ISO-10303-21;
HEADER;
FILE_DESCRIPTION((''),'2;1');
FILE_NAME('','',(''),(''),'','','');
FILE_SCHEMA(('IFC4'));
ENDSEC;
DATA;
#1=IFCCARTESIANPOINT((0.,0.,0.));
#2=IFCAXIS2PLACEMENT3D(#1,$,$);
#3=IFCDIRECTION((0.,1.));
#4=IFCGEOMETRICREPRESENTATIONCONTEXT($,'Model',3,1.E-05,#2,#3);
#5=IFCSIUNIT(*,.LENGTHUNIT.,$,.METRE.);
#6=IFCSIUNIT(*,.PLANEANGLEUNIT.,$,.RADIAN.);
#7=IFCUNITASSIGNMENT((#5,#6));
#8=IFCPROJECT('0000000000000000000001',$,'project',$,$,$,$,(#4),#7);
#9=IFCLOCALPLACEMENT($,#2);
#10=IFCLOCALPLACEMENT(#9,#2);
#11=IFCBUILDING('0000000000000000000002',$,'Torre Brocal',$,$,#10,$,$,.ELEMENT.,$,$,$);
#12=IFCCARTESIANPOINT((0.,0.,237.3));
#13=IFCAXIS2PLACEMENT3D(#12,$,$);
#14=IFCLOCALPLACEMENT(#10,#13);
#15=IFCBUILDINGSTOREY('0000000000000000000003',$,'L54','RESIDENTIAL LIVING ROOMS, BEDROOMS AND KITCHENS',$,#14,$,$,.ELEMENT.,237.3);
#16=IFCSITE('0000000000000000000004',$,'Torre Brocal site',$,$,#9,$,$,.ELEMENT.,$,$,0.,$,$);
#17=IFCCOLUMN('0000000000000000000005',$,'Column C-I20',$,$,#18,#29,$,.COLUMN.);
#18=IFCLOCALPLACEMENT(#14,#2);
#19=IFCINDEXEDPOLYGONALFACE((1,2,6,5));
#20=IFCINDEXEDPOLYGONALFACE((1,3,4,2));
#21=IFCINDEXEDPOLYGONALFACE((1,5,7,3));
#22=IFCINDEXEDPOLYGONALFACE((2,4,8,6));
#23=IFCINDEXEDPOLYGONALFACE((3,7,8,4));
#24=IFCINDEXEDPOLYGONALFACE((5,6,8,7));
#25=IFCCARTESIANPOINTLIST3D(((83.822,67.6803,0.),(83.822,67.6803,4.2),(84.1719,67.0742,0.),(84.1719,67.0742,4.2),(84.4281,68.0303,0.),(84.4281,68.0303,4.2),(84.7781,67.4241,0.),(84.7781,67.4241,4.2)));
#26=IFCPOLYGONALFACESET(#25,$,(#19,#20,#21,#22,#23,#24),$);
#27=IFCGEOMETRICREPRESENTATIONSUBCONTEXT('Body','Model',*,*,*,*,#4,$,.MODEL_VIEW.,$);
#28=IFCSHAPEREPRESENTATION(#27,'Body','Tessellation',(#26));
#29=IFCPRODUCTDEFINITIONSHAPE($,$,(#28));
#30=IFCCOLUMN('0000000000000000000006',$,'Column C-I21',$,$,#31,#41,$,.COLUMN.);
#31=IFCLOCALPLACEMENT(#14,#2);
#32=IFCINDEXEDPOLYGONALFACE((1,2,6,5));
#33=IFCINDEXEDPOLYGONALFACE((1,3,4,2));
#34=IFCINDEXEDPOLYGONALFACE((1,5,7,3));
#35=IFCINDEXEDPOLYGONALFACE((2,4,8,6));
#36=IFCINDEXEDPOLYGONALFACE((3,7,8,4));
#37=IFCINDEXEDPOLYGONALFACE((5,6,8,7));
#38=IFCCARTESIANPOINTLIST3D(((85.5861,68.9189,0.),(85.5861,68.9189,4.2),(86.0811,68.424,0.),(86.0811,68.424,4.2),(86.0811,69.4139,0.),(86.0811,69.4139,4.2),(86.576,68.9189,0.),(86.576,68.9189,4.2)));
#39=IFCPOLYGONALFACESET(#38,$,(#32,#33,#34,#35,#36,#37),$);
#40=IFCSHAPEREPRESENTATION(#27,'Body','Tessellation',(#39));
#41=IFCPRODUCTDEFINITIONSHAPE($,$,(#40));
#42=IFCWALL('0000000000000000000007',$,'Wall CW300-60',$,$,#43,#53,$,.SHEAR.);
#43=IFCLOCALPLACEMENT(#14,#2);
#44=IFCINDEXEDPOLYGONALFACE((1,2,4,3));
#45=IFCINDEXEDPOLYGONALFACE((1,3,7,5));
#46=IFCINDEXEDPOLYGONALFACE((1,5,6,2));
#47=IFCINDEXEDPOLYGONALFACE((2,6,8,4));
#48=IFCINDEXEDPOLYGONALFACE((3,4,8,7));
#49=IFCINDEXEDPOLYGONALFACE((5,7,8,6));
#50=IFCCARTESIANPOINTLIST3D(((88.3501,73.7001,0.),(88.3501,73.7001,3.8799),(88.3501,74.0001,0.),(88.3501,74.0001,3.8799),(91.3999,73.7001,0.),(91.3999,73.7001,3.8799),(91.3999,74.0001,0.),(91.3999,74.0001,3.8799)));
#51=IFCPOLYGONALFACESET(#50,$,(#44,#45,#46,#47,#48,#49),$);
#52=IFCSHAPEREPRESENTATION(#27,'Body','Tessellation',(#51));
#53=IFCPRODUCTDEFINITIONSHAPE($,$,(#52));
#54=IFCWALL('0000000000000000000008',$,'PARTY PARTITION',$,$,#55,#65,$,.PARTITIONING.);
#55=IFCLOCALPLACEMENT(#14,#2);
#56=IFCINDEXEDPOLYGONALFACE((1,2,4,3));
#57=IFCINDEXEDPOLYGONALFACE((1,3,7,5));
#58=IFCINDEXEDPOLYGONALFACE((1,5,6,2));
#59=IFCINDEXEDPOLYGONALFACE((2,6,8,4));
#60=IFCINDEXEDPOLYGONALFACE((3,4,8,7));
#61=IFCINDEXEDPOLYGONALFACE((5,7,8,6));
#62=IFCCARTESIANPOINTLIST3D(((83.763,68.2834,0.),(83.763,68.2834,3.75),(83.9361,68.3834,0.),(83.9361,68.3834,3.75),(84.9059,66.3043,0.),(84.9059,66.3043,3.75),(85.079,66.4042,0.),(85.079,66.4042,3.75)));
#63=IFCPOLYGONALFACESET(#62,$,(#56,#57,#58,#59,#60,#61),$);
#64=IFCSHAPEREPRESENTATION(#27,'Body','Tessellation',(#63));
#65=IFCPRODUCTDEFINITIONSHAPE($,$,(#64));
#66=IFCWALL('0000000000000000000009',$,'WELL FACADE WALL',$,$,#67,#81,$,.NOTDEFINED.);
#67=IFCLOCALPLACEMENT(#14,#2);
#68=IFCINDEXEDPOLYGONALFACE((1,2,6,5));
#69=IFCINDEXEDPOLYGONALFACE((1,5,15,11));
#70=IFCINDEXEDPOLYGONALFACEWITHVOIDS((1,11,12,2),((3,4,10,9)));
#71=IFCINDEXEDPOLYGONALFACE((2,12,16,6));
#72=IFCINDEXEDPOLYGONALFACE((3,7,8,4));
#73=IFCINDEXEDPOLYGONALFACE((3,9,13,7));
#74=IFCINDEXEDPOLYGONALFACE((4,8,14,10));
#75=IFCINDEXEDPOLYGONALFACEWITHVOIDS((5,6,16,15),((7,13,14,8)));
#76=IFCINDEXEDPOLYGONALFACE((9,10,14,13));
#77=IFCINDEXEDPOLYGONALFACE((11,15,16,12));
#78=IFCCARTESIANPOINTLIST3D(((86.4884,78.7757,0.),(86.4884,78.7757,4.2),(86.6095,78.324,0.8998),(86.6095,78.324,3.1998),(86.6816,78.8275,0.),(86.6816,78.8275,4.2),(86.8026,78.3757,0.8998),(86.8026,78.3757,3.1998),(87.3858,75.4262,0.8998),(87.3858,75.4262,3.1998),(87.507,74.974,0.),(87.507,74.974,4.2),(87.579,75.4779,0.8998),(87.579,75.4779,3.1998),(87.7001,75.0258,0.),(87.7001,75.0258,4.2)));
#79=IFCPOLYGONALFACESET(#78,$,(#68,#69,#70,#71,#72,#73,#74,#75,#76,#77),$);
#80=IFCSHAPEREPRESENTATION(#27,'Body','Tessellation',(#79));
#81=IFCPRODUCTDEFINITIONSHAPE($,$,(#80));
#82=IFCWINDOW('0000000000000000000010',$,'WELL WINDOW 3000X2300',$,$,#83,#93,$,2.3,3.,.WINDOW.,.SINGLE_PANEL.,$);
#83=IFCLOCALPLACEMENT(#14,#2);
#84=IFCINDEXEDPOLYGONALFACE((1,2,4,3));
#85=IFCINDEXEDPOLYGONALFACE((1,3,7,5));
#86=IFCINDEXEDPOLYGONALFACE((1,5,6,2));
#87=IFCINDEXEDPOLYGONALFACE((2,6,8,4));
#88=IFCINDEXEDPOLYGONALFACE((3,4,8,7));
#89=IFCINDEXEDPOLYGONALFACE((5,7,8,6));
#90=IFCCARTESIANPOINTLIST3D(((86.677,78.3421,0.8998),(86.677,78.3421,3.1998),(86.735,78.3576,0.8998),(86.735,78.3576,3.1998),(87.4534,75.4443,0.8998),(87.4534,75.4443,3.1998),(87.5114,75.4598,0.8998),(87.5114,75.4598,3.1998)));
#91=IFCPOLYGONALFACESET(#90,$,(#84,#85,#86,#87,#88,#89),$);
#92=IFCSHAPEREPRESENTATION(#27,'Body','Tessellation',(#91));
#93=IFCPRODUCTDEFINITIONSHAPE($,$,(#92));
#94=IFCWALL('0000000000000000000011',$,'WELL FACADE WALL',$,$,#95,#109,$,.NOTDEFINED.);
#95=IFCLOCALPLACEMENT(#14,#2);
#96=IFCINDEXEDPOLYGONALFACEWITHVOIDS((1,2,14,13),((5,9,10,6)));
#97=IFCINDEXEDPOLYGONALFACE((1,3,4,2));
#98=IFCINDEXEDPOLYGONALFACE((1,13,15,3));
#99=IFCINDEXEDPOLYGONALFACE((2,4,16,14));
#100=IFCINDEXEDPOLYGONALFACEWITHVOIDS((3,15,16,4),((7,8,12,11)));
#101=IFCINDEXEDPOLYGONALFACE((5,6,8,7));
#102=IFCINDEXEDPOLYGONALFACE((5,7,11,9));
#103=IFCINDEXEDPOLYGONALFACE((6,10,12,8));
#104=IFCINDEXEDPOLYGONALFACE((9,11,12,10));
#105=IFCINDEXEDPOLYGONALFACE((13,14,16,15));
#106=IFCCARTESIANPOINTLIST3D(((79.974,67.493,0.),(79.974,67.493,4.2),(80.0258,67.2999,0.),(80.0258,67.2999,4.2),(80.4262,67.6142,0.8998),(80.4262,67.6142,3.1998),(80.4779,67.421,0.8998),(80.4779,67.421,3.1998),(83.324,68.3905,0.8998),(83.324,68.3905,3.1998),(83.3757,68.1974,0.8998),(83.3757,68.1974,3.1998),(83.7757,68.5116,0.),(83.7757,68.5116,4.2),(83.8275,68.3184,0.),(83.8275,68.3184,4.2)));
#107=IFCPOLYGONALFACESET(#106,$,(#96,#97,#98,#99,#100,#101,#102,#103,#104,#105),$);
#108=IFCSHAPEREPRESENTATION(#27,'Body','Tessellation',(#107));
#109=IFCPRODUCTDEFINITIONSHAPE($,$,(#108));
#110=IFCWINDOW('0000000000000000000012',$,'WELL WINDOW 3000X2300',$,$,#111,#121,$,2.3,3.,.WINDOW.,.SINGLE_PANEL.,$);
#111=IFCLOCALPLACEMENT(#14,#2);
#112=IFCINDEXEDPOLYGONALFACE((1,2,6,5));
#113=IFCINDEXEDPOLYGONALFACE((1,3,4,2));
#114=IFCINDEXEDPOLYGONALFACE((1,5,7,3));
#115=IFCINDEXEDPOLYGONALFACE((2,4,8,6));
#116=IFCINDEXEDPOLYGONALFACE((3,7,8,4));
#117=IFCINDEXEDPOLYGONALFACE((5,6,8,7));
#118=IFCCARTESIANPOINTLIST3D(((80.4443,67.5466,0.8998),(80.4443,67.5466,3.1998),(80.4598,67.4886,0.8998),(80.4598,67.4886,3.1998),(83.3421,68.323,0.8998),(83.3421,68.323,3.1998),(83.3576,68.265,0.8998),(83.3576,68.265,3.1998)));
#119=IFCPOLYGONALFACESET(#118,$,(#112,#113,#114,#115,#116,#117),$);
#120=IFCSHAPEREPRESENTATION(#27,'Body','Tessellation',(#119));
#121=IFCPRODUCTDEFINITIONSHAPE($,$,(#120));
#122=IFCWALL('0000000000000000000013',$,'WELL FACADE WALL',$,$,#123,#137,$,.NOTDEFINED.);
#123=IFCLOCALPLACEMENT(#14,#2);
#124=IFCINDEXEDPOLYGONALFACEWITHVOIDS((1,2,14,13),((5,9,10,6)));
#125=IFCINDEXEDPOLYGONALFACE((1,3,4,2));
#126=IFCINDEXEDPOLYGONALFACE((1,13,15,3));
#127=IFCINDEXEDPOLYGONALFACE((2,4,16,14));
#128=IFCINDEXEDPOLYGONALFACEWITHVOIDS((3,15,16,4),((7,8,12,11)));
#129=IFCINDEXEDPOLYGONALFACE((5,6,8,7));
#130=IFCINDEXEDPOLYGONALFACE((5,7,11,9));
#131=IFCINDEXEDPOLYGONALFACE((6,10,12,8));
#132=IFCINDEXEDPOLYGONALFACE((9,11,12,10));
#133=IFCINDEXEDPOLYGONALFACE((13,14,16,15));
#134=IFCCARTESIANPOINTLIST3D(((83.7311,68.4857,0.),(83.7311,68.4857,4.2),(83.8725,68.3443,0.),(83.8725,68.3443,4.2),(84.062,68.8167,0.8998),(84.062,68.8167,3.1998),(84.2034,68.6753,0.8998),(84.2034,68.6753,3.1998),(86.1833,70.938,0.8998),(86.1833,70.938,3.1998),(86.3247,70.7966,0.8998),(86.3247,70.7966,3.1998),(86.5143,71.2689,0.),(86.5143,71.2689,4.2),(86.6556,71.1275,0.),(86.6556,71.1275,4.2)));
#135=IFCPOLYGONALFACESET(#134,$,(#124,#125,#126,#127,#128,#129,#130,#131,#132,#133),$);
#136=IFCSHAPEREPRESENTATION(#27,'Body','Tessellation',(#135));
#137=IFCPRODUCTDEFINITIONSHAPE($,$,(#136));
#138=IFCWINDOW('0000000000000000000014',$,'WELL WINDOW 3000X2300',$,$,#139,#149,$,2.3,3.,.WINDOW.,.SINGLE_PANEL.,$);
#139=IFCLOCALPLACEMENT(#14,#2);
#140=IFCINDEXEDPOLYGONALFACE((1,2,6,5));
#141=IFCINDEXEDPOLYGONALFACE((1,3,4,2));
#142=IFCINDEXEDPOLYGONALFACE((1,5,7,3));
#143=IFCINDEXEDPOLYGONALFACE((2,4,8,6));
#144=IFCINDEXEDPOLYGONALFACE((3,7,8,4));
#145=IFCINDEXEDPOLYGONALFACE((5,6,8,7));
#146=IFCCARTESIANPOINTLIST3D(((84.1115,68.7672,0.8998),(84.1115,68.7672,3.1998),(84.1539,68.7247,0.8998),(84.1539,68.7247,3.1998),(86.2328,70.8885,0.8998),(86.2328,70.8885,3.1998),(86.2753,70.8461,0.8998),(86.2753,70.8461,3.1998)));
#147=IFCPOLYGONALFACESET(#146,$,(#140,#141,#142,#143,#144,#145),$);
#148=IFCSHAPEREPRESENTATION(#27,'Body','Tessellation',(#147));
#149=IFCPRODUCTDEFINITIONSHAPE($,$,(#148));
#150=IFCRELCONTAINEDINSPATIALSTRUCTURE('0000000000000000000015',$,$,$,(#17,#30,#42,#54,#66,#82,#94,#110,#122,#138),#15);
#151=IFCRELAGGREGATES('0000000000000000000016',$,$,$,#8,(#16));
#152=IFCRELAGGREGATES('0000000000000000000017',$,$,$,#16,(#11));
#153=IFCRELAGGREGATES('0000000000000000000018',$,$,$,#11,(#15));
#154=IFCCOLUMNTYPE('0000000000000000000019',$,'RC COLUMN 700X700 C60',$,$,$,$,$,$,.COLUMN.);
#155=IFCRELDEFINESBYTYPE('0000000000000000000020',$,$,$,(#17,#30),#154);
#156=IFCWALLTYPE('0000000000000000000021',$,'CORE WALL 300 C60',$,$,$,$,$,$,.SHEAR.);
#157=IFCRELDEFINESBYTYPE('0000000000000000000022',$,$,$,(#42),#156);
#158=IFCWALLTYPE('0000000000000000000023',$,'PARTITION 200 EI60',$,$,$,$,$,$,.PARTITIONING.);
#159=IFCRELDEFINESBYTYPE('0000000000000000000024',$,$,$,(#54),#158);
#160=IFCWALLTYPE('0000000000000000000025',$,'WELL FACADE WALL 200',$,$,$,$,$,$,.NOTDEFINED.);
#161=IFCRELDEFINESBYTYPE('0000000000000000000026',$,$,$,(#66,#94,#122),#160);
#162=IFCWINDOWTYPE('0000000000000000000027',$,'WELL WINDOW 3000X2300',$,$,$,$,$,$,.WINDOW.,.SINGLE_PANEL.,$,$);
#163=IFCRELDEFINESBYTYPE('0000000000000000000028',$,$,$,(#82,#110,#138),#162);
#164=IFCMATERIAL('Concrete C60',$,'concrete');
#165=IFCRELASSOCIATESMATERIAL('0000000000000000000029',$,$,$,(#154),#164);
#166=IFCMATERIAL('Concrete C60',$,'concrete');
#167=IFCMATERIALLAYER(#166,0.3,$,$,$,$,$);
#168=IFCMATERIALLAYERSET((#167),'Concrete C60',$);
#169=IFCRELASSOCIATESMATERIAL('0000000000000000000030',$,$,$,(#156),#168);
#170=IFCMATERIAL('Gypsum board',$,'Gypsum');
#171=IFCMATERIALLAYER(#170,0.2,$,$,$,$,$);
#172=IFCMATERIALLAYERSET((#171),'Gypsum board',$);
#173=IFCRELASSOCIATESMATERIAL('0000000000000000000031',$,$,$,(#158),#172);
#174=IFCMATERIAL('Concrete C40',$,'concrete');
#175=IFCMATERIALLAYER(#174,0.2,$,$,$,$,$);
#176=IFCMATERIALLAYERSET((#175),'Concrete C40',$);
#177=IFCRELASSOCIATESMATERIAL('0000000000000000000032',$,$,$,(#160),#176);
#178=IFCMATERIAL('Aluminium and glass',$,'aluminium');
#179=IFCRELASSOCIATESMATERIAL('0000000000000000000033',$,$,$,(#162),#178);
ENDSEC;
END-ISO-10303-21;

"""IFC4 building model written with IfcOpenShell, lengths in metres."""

from ifc_helpers import new_model, si_unit, direction, frame, frame_2d, origin, origin_2d, place, context, subcontext, project, spatial, rectangle, extrude, material, layer, layer_set, material_profile, profile_set, type_object, element, fill, save


model = new_model("IFC4")

# Units and contexts
model_context = context("Model", 3, precision=1e-05, world=origin(), true_north=direction((0.0, 1.0)))
body_context = subcontext(model_context, "Body", "Model", "MODEL_VIEW")
ifc_project = project(units=[si_unit("LENGTHUNIT", "METRE"), si_unit("PLANEANGLEUNIT", "RADIAN")], contexts=[model_context])

# Site, building, storey
site_placement = place(None, origin())
site = spatial("IfcSite", under=ifc_project, at=site_placement, Name="Torre Brocal site", CompositionType="ELEMENT", RefElevation=0.0)
building_placement = place(site_placement, origin())
building = spatial("IfcBuilding", under=site, at=building_placement, Name="Torre Brocal", CompositionType="ELEMENT")
storey_placement = place(building_placement, frame((0.0, 0.0, 237.3)))
storey = spatial("IfcBuildingStorey", under=building, at=storey_placement, Name="L54", Description="RESIDENTIAL LIVING ROOMS, BEDROOMS AND KITCHENS", CompositionType="ELEMENT", Elevation=237.3)

# Columns
ifc_material_1 = material(Name="Concrete C60", Category="concrete")
ifc_material_profile = material_profile(ifc_material_1, rectangle(XDim=0.7, YDim=0.7, at=origin_2d()), Name="RC 700X700")
ifc_profile_set = profile_set([ifc_material_profile], Name="Concrete C60")
column_type = type_object("IfcColumnType", Name="RC COLUMN 700X700 C60", PredefinedType="COLUMN", material=ifc_profile_set)
for number, where, z_axis, x_axis, name in (
    (1, (84.3, 67.5522, 0.0), (0.0, 0.0, 1.0), (0.5, -0.866025, 0.0), "Column C-I20"),
    (2, (86.0811, 68.9189, 0.0), (0.0, 0.0, 1.0), (0.707107, -0.707107, 0.0), "Column C-I21"),
):
    element("IfcColumn", number, at=place(storey_placement, frame(where, z_axis=z_axis, x_axis=x_axis)), inside=storey, type_object=column_type, Name=name, PredefinedType="COLUMN", context=body_context, shape_type="SweptSolid", body=[
        extrude(rectangle(XDim=0.7, YDim=0.7, at=origin_2d()), origin(), (0.0, 0.0, 1.0), 4.2),
    ])

# Walls
ifc_material_2 = material(Name="Concrete C60", Category="concrete")
ifc_layer_1 = layer(ifc_material_2, 0.3)
ifc_layer_set_1 = layer_set([ifc_layer_1], Name="Concrete C60")
wall_type_1 = type_object("IfcWallType", Name="CORE WALL 300 C60", PredefinedType="SHEAR", material=ifc_layer_set_1)
wall_1_placement = place(storey_placement, frame((88.3501, 73.8501, 0.0), z_axis=(0.0, 0.0, 1.0), x_axis=(1.0, 0.0, 0.0)))
element("IfcWall", 3, at=wall_1_placement, inside=storey, type_object=wall_type_1, Name="Wall CW300-60", PredefinedType="SHEAR", context=body_context, shape_type="SweptSolid", body=[
    extrude(rectangle(XDim=3.0498, YDim=0.3, at=frame_2d((1.5249, 0.0))), origin(), (0.0, 0.0, 1.0), 3.8799),
])
ifc_material_3 = material(Name="Gypsum board", Category="Gypsum")
ifc_layer_2 = layer(ifc_material_3, 0.2)
ifc_layer_set_2 = layer_set([ifc_layer_2], Name="Gypsum board")
wall_type_2 = type_object("IfcWallType", Name="PARTITION 200 EI60", PredefinedType="PARTITIONING", material=ifc_layer_set_2)
wall_2_placement = place(storey_placement, frame((83.8496, 68.3333, 0.0), z_axis=(0.0, 0.0, 1.0), x_axis=(0.50008, -0.865979, 0.0)))
element("IfcWall", 4, at=wall_2_placement, inside=storey, type_object=wall_type_2, Name="PARTY PARTITION", PredefinedType="PARTITIONING", context=body_context, shape_type="SweptSolid", body=[
    extrude(rectangle(XDim=2.2854, YDim=0.2, at=frame_2d((1.1426, 0.0))), origin(), (0.0, 0.0, 1.0), 3.75),
])

# Walls, openings, windows
ifc_material_4 = material(Name="Concrete C40", Category="concrete")
ifc_layer_3 = layer(ifc_material_4, 0.2)
ifc_layer_set_3 = layer_set([ifc_layer_3], Name="Concrete C40")
wall_type_3 = type_object("IfcWallType", Name="WELL FACADE WALL 200", PredefinedType="NOTDEFINED", material=ifc_layer_set_3)
wall_3_placement = place(storey_placement, frame((87.6035, 75.0, 0.0), z_axis=(0.0, 0.0, 1.0), x_axis=(-0.25879, 0.965934, 0.0)))
wall_3 = element("IfcWall", 5, at=wall_3_placement, inside=storey, type_object=wall_type_3, Name="WELL FACADE WALL", PredefinedType="NOTDEFINED", context=body_context, shape_type="SweptSolid", body=[
    extrude(rectangle(XDim=3.9358, YDim=0.2, at=frame_2d((1.9678, 0.0))), origin(), (0.0, 0.0, 1.0), 4.2),
])
opening_1_placement = place(wall_3_placement, frame((0.468, 0.0, 0.8999)))
opening_1 = element("IfcOpeningElement", 6, at=opening_1_placement, cuts=wall_3, PredefinedType="OPENING", context=body_context, shape_type="SweptSolid", body=[
    extrude(rectangle(XDim=3.0, YDim=2.3, at=frame_2d((1.5, 1.1499))), frame((0.0, 0.1099, 0.0), z_axis=(0.0, -1.0, 0.0), x_axis=(1.0, 0.0, 0.0)), (0.0, 0.0, 1.0), 0.22),
])
ifc_material_5 = material(Name="Aluminium and glass", Category="aluminium")
window_type = type_object("IfcWindowType", Name="WELL WINDOW 3000X2300", PartitioningType="SINGLE_PANEL", PredefinedType="WINDOW", material=ifc_material_5)
window_1_placement = place(opening_1_placement, origin())
window_1 = element("IfcWindow", 7, at=window_1_placement, inside=storey, type_object=window_type, Name="WELL WINDOW 3000X2300", OverallHeight=2.3, OverallWidth=3.0, PartitioningType="SINGLE_PANEL", PredefinedType="WINDOW", context=body_context, shape_type="SweptSolid", body=[
    extrude(rectangle(XDim=3.0, YDim=2.3, at=frame_2d((1.5, 1.1499))), frame((0.0, 0.03, 0.0), z_axis=(0.0, -1.0, 0.0), x_axis=(1.0, 0.0, 0.0)), (0.0, 0.0, 1.0), 0.0601),
])
fill(opening_1, window_1)
wall_4_placement = place(storey_placement, frame((80.0, 67.3965, 0.0), z_axis=(0.0, 0.0, 1.0), x_axis=(0.965934, 0.25879, 0.0)))
wall_4 = element("IfcWall", 8, at=wall_4_placement, inside=storey, type_object=wall_type_3, Name="WELL FACADE WALL", PredefinedType="NOTDEFINED", context=body_context, shape_type="SweptSolid", body=[
    extrude(rectangle(XDim=3.9358, YDim=0.2, at=frame_2d((1.9678, 0.0))), origin(), (0.0, 0.0, 1.0), 4.2),
])
opening_2_placement = place(wall_4_placement, frame((0.468, 0.0, 0.8999)))
opening_2 = element("IfcOpeningElement", 9, at=opening_2_placement, cuts=wall_4, PredefinedType="OPENING", context=body_context, shape_type="SweptSolid", body=[
    extrude(rectangle(XDim=3.0, YDim=2.3, at=frame_2d((1.5, 1.1499))), frame((0.0, 0.1099, 0.0), z_axis=(0.0, -1.0, 0.0), x_axis=(1.0, 0.0, 0.0)), (0.0, 0.0, 1.0), 0.22),
])
window_2_placement = place(opening_2_placement, origin())
window_2 = element("IfcWindow", 10, at=window_2_placement, inside=storey, type_object=window_type, Name="WELL WINDOW 3000X2300", OverallHeight=2.3, OverallWidth=3.0, PartitioningType="SINGLE_PANEL", PredefinedType="WINDOW", context=body_context, shape_type="SweptSolid", body=[
    extrude(rectangle(XDim=3.0, YDim=2.3, at=frame_2d((1.5, 1.1499))), frame((0.0, 0.03, 0.0), z_axis=(0.0, -1.0, 0.0), x_axis=(1.0, 0.0, 0.0)), (0.0, 0.0, 1.0), 0.0601),
])
fill(opening_2, window_2)
wall_5_placement = place(storey_placement, frame((83.8018, 68.415, 0.0), z_axis=(0.0, 0.0, 1.0), x_axis=(0.707107, 0.707107, 0.0)))
wall_5 = element("IfcWall", 11, at=wall_5_placement, inside=storey, type_object=wall_type_3, Name="WELL FACADE WALL", PredefinedType="NOTDEFINED", context=body_context, shape_type="SweptSolid", body=[
    extrude(rectangle(XDim=3.936, YDim=0.2, at=frame_2d((1.968, 0.0))), origin(), (0.0, 0.0, 1.0), 4.2),
])
opening_3_placement = place(wall_5_placement, frame((0.468, 0.0, 0.8999)))
opening_3 = element("IfcOpeningElement", 12, at=opening_3_placement, cuts=wall_5, PredefinedType="OPENING", context=body_context, shape_type="SweptSolid", body=[
    extrude(rectangle(XDim=3.0, YDim=2.3, at=frame_2d((1.5, 1.1499))), frame((0.0, 0.1099, 0.0), z_axis=(0.0, -1.0, 0.0), x_axis=(1.0, 0.0, 0.0)), (0.0, 0.0, 1.0), 0.22),
])
window_3_placement = place(opening_3_placement, origin())
window_3 = element("IfcWindow", 13, at=window_3_placement, inside=storey, type_object=window_type, Name="WELL WINDOW 3000X2300", OverallHeight=2.3, OverallWidth=3.0, PartitioningType="SINGLE_PANEL", PredefinedType="WINDOW", context=body_context, shape_type="SweptSolid", body=[
    extrude(rectangle(XDim=3.0, YDim=2.3, at=frame_2d((1.5, 1.1499))), frame((0.0, 0.03, 0.0), z_axis=(0.0, -1.0, 0.0), x_axis=(1.0, 0.0, 0.0)), (0.0, 0.0, 1.0), 0.0601),
])
fill(opening_3, window_3)

save(model, "model.ifc")
